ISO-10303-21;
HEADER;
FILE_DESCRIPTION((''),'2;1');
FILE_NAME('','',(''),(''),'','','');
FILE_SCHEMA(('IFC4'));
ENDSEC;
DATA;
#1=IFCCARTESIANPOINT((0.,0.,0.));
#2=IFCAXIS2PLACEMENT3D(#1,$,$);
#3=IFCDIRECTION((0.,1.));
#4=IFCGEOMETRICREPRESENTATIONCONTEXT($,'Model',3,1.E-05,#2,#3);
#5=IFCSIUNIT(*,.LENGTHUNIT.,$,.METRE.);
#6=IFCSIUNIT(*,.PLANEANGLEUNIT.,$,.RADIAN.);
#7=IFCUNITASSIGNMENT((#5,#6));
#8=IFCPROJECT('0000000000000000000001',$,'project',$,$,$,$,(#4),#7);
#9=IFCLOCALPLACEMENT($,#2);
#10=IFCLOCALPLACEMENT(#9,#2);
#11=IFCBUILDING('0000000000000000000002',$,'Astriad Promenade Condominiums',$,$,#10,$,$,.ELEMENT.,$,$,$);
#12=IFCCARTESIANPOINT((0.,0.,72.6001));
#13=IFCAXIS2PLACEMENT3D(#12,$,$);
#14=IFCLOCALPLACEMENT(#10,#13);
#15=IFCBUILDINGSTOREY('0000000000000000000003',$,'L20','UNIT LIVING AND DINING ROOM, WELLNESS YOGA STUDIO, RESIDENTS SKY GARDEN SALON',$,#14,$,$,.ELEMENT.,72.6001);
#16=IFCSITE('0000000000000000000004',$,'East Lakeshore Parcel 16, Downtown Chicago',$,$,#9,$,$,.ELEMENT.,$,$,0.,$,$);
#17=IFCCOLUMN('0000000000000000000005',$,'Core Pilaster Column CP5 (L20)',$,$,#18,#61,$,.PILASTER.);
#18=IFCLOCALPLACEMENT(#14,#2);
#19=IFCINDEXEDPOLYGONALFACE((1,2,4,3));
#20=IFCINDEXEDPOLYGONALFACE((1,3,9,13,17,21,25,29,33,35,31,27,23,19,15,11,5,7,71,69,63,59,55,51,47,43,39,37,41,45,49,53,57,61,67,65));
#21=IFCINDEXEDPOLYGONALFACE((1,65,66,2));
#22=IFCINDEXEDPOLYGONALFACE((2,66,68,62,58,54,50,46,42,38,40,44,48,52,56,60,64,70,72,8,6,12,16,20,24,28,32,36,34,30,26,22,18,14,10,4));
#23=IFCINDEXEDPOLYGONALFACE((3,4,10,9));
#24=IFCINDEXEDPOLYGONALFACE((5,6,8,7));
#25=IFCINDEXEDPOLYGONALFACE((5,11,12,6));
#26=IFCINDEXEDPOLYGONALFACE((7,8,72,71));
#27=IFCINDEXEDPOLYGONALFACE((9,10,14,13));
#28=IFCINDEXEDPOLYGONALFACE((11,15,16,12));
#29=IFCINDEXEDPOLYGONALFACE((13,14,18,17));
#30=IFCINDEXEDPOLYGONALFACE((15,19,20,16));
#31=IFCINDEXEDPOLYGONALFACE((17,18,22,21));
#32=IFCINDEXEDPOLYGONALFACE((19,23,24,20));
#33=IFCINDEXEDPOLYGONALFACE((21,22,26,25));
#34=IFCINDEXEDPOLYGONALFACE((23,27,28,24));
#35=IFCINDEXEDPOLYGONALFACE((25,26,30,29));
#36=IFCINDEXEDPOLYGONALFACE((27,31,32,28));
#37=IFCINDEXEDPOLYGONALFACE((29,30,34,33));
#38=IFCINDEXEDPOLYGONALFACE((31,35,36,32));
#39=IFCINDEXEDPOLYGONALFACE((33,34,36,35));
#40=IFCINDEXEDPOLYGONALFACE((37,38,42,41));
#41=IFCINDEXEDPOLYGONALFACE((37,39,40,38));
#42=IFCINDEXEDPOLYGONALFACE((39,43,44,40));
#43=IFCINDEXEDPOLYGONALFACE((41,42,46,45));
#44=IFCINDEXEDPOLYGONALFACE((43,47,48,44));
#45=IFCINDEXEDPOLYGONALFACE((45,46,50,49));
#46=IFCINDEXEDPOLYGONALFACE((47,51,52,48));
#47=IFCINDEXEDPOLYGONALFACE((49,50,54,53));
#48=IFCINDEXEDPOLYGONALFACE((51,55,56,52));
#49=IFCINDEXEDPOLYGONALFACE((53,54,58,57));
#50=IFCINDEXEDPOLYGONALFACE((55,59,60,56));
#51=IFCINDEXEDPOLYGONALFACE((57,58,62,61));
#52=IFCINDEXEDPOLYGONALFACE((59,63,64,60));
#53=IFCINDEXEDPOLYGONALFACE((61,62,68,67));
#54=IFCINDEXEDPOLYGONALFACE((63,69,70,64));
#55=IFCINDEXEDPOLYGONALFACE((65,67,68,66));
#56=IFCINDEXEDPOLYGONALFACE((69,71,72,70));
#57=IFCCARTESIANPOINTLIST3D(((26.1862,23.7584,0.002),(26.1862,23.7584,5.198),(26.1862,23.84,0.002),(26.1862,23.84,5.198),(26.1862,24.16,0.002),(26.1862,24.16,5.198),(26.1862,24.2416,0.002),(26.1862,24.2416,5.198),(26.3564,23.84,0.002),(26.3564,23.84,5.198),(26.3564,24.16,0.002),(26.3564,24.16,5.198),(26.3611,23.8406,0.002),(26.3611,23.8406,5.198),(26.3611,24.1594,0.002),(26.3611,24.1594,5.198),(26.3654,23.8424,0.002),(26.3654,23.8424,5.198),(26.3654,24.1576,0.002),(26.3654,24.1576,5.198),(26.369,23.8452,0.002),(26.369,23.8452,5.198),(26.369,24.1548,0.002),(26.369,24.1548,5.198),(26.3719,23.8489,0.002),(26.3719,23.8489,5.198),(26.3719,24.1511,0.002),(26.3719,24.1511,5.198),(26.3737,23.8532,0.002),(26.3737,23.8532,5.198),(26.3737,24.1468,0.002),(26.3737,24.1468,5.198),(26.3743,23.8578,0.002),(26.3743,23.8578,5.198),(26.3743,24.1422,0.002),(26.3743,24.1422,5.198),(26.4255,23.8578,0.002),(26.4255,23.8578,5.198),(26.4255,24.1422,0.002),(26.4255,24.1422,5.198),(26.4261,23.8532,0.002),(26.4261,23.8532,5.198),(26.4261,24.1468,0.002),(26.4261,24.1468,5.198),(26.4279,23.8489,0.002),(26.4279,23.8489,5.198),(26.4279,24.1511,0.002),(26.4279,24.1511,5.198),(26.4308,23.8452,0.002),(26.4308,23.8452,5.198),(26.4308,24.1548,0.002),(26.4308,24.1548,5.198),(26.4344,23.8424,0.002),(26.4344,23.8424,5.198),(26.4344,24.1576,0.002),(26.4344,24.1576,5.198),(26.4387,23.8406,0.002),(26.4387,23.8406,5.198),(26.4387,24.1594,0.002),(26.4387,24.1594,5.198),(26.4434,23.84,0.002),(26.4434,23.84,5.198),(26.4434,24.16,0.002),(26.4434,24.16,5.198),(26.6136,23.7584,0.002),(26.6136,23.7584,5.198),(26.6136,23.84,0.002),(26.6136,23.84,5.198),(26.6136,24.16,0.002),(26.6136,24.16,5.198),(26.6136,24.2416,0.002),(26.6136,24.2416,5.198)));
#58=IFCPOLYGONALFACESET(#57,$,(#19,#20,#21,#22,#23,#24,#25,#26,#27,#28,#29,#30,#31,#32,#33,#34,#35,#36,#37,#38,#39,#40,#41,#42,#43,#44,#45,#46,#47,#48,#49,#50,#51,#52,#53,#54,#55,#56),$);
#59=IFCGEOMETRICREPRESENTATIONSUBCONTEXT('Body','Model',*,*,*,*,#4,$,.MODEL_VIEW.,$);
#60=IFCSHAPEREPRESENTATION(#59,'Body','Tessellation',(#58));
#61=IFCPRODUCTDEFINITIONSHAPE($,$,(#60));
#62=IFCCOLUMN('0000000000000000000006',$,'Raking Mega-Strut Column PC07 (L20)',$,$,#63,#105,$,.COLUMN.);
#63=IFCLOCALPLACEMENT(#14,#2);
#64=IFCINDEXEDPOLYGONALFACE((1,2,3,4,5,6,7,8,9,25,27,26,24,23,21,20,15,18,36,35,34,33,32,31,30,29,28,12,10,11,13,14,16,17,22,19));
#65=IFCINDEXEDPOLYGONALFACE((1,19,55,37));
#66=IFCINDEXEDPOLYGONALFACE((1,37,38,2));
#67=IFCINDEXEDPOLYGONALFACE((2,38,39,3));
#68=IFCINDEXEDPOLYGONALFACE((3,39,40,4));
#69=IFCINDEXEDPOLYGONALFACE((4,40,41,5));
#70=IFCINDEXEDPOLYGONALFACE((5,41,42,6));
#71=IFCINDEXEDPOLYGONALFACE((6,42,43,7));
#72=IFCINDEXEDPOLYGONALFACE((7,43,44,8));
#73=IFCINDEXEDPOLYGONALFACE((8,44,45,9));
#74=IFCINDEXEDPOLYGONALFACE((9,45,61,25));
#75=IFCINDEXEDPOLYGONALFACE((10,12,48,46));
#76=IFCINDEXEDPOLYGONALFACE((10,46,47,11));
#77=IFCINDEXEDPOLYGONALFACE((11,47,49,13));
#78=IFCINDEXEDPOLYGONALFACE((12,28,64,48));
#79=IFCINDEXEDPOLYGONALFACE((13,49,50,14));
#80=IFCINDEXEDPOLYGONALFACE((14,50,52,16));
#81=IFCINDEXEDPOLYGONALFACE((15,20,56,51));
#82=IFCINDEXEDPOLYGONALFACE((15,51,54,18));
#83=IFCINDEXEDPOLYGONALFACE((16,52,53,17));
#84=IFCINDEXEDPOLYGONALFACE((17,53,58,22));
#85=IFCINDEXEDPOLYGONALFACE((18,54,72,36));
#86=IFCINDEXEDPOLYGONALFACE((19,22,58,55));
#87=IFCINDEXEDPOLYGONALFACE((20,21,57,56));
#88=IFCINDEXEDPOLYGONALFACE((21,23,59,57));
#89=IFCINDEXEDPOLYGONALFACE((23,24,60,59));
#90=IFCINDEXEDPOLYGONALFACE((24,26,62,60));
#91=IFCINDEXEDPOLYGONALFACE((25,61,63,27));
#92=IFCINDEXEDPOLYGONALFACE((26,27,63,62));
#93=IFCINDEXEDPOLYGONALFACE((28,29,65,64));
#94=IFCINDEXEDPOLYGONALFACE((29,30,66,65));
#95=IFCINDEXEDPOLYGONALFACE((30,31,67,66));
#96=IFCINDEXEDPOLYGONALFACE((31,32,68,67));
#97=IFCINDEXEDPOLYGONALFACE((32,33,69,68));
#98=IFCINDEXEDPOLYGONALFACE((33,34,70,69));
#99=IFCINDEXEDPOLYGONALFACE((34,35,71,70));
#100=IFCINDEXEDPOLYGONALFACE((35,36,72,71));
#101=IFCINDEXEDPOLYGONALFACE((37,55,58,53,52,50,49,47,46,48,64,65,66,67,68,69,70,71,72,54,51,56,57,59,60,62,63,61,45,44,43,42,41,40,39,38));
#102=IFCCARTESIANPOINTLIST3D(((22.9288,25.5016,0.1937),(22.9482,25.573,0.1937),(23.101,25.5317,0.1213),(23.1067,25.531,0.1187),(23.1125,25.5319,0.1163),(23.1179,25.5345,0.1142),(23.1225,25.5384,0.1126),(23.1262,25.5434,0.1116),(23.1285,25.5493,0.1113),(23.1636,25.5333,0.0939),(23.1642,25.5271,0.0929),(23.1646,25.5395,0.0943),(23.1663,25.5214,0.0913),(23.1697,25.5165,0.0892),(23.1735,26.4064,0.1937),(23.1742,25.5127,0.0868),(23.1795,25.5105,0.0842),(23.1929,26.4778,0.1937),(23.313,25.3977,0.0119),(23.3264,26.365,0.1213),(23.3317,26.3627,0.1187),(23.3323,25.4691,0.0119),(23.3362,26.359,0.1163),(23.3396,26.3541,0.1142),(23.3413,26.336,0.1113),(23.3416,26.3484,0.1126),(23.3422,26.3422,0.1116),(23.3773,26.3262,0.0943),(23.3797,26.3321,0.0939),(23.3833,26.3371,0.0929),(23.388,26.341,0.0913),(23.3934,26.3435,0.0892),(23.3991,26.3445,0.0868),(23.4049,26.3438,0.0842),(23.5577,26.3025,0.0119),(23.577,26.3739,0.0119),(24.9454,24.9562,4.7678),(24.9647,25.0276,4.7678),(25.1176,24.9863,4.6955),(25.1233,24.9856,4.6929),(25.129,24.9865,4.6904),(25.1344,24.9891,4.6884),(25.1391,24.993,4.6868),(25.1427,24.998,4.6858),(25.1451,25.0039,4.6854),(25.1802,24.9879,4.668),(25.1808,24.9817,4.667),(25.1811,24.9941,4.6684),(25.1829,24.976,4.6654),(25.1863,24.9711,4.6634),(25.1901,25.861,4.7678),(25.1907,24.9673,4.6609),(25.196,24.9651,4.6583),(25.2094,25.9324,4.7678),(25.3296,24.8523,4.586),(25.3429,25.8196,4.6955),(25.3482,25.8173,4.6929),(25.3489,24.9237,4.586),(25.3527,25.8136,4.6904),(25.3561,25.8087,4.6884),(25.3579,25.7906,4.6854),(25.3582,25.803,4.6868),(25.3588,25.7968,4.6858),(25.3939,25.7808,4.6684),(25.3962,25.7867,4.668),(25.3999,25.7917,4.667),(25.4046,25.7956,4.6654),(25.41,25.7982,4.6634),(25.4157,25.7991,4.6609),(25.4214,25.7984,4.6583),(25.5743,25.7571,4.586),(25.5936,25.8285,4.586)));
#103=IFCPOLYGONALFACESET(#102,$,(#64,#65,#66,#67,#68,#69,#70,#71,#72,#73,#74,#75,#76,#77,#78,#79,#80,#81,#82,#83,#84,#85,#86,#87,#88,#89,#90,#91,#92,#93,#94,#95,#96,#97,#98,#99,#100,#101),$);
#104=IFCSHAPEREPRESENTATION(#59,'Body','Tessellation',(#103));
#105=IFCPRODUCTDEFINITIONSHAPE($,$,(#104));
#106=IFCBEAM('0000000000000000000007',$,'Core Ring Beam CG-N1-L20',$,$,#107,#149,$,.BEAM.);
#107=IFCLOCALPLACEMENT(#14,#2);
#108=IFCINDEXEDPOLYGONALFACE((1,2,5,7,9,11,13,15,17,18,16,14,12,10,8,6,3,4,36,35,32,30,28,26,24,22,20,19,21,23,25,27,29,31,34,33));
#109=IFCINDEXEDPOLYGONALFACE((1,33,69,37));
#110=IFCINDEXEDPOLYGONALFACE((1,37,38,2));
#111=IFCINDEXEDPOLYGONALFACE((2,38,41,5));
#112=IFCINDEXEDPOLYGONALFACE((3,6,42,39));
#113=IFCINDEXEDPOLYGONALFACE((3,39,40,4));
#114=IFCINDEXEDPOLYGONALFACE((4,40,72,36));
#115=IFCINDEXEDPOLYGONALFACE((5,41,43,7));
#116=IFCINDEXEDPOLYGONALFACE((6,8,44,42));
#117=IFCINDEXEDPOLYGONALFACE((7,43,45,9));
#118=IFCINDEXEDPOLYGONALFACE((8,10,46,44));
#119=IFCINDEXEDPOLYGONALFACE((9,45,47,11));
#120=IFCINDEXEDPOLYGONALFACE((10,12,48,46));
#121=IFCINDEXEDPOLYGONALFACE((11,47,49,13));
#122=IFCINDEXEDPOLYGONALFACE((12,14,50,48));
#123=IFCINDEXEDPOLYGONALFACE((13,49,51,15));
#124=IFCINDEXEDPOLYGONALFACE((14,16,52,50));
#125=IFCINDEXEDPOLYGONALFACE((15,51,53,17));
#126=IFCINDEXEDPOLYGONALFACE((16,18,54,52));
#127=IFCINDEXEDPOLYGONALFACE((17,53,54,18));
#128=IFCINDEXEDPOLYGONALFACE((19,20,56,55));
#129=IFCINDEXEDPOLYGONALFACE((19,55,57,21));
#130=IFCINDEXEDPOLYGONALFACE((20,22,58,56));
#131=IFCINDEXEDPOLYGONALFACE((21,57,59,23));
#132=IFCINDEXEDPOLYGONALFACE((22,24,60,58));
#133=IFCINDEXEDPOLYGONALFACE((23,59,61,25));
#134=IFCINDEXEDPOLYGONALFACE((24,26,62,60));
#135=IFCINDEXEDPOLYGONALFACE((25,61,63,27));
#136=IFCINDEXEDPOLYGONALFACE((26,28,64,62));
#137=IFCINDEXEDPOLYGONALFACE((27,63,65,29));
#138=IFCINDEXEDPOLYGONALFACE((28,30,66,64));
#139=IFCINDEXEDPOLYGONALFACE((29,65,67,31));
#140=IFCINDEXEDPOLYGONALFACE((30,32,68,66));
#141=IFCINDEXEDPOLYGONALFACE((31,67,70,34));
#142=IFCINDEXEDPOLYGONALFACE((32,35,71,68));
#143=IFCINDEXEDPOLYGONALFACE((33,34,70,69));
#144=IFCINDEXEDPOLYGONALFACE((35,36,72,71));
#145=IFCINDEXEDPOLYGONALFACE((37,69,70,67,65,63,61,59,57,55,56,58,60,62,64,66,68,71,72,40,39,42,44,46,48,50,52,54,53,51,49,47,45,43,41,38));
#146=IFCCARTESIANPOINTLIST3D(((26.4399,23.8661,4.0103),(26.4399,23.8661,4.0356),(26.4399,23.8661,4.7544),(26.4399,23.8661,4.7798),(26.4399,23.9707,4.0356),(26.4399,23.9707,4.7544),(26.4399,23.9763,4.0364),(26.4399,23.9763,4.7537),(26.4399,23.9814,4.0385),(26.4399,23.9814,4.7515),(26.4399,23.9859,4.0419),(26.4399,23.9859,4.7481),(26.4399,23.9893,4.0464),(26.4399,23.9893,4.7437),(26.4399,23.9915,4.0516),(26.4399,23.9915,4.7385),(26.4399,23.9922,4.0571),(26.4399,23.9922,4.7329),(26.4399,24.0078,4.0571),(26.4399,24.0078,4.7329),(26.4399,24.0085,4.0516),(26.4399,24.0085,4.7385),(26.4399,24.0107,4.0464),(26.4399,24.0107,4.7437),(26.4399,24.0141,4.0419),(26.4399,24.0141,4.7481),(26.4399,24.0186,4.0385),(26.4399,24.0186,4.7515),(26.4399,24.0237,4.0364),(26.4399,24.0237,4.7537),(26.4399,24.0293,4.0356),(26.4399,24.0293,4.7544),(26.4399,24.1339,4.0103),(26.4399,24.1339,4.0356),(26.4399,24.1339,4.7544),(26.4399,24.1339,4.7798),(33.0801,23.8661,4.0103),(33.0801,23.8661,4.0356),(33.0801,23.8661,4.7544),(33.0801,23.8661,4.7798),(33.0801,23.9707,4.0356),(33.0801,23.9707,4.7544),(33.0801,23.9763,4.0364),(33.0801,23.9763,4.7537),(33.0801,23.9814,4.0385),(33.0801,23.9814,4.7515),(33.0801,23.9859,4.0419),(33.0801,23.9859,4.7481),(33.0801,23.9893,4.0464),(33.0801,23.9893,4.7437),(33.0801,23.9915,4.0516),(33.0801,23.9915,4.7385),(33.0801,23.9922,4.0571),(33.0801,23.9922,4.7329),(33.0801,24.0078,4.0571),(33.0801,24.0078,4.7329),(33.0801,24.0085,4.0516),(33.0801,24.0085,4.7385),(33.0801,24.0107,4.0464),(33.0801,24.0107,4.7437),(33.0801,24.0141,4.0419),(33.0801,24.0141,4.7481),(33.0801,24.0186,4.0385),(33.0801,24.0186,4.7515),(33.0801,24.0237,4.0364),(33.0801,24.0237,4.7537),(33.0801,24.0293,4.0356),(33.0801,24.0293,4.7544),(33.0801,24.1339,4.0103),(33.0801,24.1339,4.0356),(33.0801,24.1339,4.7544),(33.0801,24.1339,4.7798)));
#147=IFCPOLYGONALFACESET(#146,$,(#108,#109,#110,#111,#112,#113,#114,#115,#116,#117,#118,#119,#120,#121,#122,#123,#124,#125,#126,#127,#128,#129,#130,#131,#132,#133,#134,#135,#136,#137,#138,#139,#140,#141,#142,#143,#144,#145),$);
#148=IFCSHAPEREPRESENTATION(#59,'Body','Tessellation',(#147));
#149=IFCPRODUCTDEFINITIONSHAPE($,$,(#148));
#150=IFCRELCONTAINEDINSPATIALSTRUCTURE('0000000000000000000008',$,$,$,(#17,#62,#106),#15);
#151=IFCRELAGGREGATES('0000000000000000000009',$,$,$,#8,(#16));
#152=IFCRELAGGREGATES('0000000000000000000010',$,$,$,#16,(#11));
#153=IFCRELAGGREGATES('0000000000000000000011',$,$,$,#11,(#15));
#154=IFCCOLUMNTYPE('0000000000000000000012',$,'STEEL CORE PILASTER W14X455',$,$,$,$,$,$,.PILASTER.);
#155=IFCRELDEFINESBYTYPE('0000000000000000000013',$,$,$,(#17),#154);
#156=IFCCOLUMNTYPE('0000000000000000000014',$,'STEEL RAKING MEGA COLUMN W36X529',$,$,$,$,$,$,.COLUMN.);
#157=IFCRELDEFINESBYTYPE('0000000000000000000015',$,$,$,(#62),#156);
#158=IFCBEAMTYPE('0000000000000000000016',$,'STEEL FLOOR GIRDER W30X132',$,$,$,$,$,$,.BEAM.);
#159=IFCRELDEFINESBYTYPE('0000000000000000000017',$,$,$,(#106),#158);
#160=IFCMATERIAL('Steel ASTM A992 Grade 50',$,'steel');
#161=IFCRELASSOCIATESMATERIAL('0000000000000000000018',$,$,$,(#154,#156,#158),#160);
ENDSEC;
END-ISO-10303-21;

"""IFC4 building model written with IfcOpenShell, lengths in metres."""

from ifc_helpers import new_model, si_unit, direction, frame, origin, origin_2d, place, context, subcontext, project, spatial, i_section, extrude, source, transform, mapped, material, material_profile, profile_set, type_object, type_shapes, element, save


model = new_model("IFC4")

# Units and contexts
model_context = context("Model", 3, precision=1e-05, world=origin(), true_north=direction((0.0, 1.0)))
body_context = subcontext(model_context, "Body", "Model", "MODEL_VIEW")
ifc_project = project(units=[si_unit("LENGTHUNIT", "METRE"), si_unit("PLANEANGLEUNIT", "RADIAN")], contexts=[model_context])

# Site, building, storey
site_placement = place(None, origin())
site = spatial("IfcSite", under=ifc_project, at=site_placement, Name="East Lakeshore Parcel 16, Downtown Chicago", CompositionType="ELEMENT", RefElevation=0.0)
building_placement = place(site_placement, origin())
building = spatial("IfcBuilding", under=site, at=building_placement, Name="Astriad Promenade Condominiums", CompositionType="ELEMENT")
storey_placement = place(building_placement, frame((0.0, 0.0, 72.6001)))
storey = spatial("IfcBuildingStorey", under=building, at=storey_placement, Name="L20", Description="UNIT LIVING AND DINING ROOM, WELLNESS YOGA STUDIO, RESIDENTS SKY GARDEN SALON", CompositionType="ELEMENT", Elevation=72.6001)

# Columns
ifc_material_1 = material(Name="Steel ASTM A992 Grade 50", Category="steel")
ifc_material_profile_1 = material_profile(ifc_material_1, i_section(OverallWidth=0.4275, OverallDepth=0.4832, WebThickness=0.0513, FlangeThickness=0.0815, FilletRadius=0.0178, at=origin_2d()), Name="W14X455")
ifc_profile_set_1 = profile_set([ifc_material_profile_1], Name="Steel ASTM A992 Grade 50")
column_type_1 = type_object("IfcColumnType", Name="STEEL CORE PILASTER W14X455", PredefinedType="PILASTER", material=ifc_profile_set_1)
shared_shape_1 = source(origin(), body_context, "Body", "SweptSolid", [
    extrude(i_section(OverallWidth=0.4275, OverallDepth=0.4832, WebThickness=0.0513, FlangeThickness=0.0815, FilletRadius=0.0178, at=origin_2d()), origin(), (0.0, 0.0, 1.0), 5.196),
])
type_shapes(column_type_1, [shared_shape_1])
column_1_placement = place(storey_placement, frame((26.3999, 24.0, 0.002), z_axis=(0.0, 0.0, 1.0), x_axis=(1.0, 0.0, 0.0)))
element("IfcColumn", 1, at=column_1_placement, inside=storey, type_object=column_type_1, Name="Core Pilaster Column CP5 (L20)", PredefinedType="PILASTER", context=body_context, shape_type="MappedRepresentation", body=[
    mapped(shared_shape_1, transform((0.0, 0.0, 0.0), scale=1.0)),
])
ifc_material_profile_2 = material_profile(ifc_material_1, i_section(OverallWidth=0.4375, OverallDepth=1.0112, WebThickness=0.041, FlangeThickness=0.074, FilletRadius=0.0242, at=origin_2d()), Name="W36X529")
ifc_profile_set_2 = profile_set([ifc_material_profile_2], Name="Steel ASTM A992 Grade 50")
column_type_2 = type_object("IfcColumnType", Name="STEEL RAKING MEGA COLUMN W36X529", PredefinedType="COLUMN", material=ifc_profile_set_2)
shared_shape_2 = source(origin(), body_context, "Body", "SweptSolid", [
    extrude(i_section(OverallWidth=0.4375, OverallDepth=1.0112, WebThickness=0.041, FlangeThickness=0.074, FilletRadius=0.0242, at=origin_2d()), origin(), (0.0, 0.0, 1.0), 5.0286),
])
type_shapes(column_type_2, [shared_shape_2])
column_2_placement = place(storey_placement, frame((23.2529, 25.9377, 0.1028), z_axis=(0.40102, -0.10846, 0.909626), x_axis=(-0.878078, 0.237485, 0.415428)))
element("IfcColumn", 2, at=column_2_placement, inside=storey, type_object=column_type_2, Name="Raking Mega-Strut Column PC07 (L20)", PredefinedType="COLUMN", context=body_context, shape_type="MappedRepresentation", body=[
    mapped(shared_shape_2, transform((0.0, 0.0, 0.0), scale=1.0)),
])

# Beam
ifc_material_profile_3 = material_profile(ifc_material_1, i_section(OverallWidth=0.2678, OverallDepth=0.7695, WebThickness=0.0156, FlangeThickness=0.0254, FilletRadius=0.0215, at=origin_2d()), Name="W30X132")
ifc_profile_set_3 = profile_set([ifc_material_profile_3], Name="Steel ASTM A992 Grade 50")
beam_type_1 = type_object("IfcBeamType", Name="STEEL FLOOR GIRDER W30X132", PredefinedType="BEAM", material=ifc_profile_set_3)
shared_shape_3 = source(origin(), body_context, "Body", "SweptSolid", [
    extrude(i_section(OverallWidth=0.2678, OverallDepth=0.7695, WebThickness=0.0156, FlangeThickness=0.0254, FilletRadius=0.0215, at=origin_2d()), origin(), (0.0, 0.0, 1.0), 6.6401),
])
type_shapes(beam_type_1, [shared_shape_3])
beam_1_placement = place(storey_placement, frame((26.4399, 24.0, 4.395), z_axis=(1.0, 0.0, 0.0), x_axis=(0.0, 1.0, 0.0)))
element("IfcBeam", 3, at=beam_1_placement, inside=storey, type_object=beam_type_1, Name="Core Ring Beam CG-N1-L20", PredefinedType="BEAM", context=body_context, shape_type="MappedRepresentation", body=[
    mapped(shared_shape_3, transform((0.0, 0.0, 0.0), scale=1.0)),
])

save(model, "model.ifc")
